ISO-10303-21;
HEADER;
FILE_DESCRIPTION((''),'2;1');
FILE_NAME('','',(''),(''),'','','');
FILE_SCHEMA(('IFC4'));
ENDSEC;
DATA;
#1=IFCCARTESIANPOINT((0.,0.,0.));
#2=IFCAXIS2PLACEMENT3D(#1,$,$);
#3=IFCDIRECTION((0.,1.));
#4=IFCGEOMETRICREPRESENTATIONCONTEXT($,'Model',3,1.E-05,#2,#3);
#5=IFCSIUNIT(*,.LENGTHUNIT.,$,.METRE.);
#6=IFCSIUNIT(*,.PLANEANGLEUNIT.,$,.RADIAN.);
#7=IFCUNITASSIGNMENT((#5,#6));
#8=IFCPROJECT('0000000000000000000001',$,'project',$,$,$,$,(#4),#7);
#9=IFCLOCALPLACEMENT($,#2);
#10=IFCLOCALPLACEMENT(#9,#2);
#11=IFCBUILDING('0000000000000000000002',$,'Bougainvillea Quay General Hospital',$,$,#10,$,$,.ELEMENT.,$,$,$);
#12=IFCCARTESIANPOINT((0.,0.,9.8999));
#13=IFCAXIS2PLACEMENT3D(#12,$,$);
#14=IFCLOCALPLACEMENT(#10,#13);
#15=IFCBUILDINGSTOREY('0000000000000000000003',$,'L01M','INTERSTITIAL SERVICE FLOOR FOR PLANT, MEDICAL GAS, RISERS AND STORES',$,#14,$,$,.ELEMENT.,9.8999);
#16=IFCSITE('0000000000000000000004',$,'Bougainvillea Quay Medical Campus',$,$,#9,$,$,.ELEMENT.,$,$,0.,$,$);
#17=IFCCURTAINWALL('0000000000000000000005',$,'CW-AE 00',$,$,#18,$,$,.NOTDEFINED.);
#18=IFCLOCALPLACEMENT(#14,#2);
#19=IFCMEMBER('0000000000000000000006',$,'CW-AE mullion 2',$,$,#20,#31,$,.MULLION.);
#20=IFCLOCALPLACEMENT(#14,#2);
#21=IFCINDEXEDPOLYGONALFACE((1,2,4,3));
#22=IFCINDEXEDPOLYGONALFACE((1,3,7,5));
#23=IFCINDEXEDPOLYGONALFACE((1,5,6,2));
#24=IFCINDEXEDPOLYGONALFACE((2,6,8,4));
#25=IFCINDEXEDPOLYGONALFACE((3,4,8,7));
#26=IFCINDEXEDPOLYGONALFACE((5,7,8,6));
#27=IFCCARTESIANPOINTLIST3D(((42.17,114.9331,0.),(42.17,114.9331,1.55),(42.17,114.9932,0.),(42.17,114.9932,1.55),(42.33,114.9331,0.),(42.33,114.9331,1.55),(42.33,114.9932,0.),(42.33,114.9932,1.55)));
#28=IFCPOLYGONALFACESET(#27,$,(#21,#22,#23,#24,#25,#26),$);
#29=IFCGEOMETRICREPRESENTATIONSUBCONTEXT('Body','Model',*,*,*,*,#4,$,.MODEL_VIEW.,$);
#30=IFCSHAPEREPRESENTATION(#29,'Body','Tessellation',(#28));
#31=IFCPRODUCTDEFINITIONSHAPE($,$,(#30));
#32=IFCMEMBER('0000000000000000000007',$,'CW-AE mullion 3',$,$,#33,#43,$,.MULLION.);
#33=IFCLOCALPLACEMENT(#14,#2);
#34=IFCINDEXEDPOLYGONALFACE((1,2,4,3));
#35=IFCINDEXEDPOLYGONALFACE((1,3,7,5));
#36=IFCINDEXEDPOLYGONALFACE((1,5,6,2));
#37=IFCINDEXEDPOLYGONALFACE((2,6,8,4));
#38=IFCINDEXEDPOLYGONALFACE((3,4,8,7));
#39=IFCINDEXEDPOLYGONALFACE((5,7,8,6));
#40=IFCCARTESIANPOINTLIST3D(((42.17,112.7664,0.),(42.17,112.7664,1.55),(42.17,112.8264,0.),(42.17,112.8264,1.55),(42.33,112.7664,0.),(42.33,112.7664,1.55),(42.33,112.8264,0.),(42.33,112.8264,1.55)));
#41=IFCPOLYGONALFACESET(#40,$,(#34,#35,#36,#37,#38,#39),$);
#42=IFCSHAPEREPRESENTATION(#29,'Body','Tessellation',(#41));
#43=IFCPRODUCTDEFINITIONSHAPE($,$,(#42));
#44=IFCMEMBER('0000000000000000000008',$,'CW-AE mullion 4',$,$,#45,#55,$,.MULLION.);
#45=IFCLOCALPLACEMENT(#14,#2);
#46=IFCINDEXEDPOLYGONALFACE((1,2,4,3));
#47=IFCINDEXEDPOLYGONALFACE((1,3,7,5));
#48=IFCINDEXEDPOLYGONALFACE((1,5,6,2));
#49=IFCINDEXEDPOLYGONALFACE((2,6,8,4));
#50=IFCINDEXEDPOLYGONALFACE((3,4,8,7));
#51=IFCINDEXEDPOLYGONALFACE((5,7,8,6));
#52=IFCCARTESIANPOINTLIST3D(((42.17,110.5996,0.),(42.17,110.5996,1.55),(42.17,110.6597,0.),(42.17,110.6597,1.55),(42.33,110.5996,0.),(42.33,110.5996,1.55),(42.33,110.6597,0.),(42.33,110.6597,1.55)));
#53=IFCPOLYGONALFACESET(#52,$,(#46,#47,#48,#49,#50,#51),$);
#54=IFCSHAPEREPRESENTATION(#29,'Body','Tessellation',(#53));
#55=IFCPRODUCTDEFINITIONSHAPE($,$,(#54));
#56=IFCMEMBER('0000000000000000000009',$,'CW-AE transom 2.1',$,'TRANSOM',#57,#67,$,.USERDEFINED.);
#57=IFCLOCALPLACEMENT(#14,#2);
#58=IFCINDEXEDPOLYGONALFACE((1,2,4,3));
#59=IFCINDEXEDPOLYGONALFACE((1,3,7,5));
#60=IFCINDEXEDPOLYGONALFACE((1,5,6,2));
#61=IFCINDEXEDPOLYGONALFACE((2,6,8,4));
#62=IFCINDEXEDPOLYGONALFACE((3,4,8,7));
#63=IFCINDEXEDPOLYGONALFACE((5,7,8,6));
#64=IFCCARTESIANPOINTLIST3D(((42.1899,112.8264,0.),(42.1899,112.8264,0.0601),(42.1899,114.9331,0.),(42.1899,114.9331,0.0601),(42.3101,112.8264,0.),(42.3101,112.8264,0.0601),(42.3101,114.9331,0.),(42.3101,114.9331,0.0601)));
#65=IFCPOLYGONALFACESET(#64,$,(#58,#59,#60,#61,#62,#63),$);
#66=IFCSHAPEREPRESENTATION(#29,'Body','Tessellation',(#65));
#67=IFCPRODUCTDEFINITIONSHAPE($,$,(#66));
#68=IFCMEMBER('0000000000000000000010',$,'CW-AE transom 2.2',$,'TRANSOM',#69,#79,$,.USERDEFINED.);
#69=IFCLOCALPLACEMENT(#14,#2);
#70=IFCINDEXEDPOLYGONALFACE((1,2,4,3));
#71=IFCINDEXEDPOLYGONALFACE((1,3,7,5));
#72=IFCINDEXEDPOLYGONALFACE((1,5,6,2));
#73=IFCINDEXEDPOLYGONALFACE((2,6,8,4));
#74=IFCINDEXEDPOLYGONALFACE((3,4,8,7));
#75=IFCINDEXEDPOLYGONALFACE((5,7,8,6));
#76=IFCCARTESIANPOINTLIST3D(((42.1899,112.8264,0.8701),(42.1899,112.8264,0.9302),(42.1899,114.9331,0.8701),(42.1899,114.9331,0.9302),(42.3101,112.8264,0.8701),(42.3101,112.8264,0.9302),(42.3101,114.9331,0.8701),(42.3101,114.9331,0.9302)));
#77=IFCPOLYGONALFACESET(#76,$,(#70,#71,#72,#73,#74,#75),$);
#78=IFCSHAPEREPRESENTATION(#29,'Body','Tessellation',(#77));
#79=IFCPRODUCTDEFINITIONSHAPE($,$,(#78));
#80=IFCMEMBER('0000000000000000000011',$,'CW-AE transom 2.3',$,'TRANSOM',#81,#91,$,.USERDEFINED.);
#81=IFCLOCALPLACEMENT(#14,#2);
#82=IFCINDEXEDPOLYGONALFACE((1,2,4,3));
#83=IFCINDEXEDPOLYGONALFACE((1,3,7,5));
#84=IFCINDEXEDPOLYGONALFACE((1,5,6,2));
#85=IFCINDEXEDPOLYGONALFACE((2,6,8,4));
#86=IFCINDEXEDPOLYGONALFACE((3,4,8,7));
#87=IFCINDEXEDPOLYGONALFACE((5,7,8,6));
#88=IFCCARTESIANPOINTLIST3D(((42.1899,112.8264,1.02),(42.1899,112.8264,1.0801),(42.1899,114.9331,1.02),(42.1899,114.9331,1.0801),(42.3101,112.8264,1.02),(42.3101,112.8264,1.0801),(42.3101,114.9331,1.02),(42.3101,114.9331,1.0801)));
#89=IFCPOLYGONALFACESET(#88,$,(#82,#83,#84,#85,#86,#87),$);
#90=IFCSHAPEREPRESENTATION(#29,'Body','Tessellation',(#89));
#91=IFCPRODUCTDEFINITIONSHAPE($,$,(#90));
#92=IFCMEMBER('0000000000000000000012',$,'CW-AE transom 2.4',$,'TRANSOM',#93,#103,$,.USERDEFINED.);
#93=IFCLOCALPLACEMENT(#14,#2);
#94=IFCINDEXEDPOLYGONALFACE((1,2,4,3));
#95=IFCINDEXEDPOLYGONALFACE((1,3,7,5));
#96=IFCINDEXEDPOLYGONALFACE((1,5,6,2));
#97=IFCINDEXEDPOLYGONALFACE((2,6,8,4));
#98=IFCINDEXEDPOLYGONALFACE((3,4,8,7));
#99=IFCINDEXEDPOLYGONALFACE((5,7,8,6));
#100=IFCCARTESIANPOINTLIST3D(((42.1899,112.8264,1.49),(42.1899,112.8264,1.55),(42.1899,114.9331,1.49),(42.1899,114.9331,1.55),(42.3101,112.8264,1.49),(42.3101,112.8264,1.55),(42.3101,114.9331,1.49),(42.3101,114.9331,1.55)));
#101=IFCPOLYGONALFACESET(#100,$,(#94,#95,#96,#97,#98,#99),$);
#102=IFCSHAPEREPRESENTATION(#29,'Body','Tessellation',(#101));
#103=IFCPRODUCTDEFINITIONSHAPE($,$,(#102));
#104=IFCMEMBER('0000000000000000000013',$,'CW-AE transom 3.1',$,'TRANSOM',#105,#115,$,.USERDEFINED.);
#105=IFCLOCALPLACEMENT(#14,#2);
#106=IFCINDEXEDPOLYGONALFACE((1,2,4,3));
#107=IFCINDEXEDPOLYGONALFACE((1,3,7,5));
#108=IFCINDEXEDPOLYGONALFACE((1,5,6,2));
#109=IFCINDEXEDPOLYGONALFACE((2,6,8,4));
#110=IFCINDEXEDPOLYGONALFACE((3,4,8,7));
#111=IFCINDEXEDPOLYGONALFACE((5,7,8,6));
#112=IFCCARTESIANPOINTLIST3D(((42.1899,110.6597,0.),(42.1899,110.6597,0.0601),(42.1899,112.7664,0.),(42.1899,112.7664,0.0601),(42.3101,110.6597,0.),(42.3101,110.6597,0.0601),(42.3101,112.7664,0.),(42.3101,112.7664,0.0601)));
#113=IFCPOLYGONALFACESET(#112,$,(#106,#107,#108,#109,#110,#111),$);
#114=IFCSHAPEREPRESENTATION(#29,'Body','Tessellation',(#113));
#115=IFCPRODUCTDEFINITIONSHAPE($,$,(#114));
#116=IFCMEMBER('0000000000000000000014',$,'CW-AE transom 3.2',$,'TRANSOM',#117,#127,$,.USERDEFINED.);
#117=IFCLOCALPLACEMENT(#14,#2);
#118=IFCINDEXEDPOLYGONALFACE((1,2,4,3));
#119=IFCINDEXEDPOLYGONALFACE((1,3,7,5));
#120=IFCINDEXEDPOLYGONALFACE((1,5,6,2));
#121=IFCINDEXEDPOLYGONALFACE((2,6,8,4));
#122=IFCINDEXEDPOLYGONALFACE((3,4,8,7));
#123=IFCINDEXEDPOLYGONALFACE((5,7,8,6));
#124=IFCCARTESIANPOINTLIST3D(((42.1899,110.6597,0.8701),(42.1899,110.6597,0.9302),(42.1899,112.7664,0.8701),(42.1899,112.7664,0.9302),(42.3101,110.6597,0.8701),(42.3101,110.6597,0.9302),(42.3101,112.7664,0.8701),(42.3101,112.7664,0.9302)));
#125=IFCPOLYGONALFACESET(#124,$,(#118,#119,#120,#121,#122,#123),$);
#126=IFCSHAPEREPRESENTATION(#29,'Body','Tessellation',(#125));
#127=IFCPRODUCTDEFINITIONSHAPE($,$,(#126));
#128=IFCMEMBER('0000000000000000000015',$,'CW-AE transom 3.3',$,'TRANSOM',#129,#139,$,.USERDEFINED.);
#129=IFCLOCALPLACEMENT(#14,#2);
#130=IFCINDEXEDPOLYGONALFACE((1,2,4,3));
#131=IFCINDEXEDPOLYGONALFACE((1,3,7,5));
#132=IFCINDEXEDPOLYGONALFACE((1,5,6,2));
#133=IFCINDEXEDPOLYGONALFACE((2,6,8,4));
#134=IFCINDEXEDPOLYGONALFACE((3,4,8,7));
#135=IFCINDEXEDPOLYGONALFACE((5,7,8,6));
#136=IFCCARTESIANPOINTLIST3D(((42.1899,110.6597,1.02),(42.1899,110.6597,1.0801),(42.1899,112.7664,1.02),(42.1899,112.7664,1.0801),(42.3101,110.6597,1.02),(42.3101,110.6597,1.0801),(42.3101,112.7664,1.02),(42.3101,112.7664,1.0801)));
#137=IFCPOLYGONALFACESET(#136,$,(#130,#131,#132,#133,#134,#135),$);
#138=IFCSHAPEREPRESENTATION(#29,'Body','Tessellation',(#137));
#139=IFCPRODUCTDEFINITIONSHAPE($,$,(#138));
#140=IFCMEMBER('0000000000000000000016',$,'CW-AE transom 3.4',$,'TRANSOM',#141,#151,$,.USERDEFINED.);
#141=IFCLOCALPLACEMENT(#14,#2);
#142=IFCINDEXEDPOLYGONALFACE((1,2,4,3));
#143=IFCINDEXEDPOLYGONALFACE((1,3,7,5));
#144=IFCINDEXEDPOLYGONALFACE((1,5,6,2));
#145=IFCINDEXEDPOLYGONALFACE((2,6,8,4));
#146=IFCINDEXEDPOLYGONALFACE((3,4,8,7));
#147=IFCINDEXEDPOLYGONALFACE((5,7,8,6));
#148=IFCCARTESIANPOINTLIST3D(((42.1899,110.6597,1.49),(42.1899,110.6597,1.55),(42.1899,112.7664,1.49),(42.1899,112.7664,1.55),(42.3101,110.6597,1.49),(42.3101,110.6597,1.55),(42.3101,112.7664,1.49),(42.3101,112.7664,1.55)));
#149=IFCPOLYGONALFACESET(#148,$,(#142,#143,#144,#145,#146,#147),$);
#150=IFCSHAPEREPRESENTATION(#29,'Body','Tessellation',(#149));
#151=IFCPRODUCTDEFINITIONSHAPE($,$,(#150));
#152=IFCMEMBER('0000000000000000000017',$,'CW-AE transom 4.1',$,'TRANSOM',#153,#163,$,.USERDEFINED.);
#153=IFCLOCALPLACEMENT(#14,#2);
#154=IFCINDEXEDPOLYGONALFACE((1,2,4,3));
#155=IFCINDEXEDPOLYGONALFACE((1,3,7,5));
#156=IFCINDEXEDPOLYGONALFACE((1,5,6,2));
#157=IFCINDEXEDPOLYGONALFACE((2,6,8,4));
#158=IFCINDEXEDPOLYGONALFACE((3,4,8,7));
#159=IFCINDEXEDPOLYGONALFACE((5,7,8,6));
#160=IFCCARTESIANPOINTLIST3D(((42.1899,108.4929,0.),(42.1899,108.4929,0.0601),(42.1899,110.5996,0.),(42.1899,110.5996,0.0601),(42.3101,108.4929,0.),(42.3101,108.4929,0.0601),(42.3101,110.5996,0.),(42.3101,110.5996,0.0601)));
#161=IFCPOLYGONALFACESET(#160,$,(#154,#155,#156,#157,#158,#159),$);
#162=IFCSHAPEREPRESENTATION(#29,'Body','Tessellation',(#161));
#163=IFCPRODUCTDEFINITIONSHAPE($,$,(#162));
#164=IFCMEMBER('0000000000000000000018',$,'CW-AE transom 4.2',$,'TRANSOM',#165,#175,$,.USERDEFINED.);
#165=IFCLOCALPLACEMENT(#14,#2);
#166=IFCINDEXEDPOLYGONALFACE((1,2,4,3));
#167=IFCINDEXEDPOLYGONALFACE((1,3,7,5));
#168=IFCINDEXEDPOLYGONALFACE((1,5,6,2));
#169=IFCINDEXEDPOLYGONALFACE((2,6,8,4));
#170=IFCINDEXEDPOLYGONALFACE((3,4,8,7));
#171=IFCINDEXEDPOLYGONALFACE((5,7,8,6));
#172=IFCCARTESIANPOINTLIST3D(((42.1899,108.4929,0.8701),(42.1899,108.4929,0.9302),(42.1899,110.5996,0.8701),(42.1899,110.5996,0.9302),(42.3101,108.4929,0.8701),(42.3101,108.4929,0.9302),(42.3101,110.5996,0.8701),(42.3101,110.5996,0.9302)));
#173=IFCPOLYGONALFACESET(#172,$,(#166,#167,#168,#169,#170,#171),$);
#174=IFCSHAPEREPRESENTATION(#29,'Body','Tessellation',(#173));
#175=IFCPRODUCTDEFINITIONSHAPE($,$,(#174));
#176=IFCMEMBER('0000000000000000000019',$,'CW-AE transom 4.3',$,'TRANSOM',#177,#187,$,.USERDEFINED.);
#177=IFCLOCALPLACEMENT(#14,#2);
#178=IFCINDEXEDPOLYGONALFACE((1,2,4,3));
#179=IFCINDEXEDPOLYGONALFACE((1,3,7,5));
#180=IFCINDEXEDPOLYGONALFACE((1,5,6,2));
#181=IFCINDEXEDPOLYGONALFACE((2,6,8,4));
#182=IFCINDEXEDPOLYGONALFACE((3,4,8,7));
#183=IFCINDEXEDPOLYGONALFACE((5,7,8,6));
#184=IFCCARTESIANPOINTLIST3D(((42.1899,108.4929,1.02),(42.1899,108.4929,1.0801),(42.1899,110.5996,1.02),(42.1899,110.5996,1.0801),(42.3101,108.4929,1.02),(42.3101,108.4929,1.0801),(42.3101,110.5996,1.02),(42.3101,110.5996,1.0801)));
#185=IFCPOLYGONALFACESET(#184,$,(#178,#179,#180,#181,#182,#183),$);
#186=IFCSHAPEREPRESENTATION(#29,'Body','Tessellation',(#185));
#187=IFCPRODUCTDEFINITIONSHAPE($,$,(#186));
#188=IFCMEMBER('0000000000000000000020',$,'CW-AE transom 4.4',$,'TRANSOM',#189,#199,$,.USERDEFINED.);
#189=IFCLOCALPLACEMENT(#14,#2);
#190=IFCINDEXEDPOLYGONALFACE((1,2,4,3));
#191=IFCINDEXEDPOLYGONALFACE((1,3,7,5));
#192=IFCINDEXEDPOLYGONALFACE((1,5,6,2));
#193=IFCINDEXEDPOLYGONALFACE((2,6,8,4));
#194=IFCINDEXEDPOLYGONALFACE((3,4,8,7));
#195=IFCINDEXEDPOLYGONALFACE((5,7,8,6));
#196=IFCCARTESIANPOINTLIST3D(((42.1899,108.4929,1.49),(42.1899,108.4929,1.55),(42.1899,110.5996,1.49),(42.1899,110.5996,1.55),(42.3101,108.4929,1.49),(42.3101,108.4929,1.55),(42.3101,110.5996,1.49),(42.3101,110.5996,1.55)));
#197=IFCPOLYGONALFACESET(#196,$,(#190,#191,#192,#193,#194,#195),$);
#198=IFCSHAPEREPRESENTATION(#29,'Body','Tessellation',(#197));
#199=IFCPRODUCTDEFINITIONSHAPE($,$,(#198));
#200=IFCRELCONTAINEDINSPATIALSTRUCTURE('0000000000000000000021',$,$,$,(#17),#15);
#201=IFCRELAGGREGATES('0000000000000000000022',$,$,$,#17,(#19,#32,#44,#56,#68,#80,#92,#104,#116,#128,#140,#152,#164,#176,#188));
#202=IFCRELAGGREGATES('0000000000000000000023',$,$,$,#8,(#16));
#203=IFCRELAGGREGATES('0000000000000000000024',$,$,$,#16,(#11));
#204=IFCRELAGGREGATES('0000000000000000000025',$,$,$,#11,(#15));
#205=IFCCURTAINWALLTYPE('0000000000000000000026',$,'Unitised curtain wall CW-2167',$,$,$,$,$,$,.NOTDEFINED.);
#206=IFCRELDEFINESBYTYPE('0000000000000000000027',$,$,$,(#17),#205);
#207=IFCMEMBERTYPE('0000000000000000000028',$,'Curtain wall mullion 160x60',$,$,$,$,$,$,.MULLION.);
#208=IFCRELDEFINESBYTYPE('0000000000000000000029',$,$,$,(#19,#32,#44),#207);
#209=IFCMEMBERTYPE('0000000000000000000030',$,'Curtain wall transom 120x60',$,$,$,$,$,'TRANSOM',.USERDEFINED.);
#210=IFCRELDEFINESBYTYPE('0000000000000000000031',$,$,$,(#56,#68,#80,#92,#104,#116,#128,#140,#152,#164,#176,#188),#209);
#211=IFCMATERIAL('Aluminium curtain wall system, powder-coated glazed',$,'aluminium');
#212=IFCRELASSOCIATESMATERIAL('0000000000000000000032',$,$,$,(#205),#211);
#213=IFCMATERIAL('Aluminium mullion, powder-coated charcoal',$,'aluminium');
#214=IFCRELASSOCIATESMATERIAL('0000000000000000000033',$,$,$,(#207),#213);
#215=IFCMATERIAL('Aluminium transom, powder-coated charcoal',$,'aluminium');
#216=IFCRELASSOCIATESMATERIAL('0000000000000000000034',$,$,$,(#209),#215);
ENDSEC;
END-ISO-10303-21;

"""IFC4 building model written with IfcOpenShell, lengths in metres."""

from ifc_helpers import new_model, si_unit, direction, frame, origin, origin_2d, place, context, subcontext, project, spatial, rectangle, extrude, material, material_profile, profile_set, type_object, element, aggregate, save


model = new_model("IFC4")

# Units and contexts
model_context = context("Model", 3, precision=1e-05, world=origin(), true_north=direction((0.0, 1.0)))
body_context = subcontext(model_context, "Body", "Model", "MODEL_VIEW")
ifc_project = project(units=[si_unit("LENGTHUNIT", "METRE"), si_unit("PLANEANGLEUNIT", "RADIAN")], contexts=[model_context])

# Site, building, storey
site_placement = place(None, origin())
site = spatial("IfcSite", under=ifc_project, at=site_placement, Name="Bougainvillea Quay Medical Campus", CompositionType="ELEMENT", RefElevation=0.0)
building_placement = place(site_placement, origin())
building = spatial("IfcBuilding", under=site, at=building_placement, Name="Bougainvillea Quay General Hospital", CompositionType="ELEMENT")
storey_placement = place(building_placement, frame((0.0, 0.0, 9.8999)))
storey = spatial("IfcBuildingStorey", under=building, at=storey_placement, Name="L01M", Description="INTERSTITIAL SERVICE FLOOR FOR PLANT, MEDICAL GAS, RISERS AND STORES", CompositionType="ELEMENT", Elevation=9.8999)

# Curtain wall, members
ifc_material_1 = material(Name="Aluminium curtain wall system, powder-coated glazed", Category="aluminium")
curtain_wall_type = type_object("IfcCurtainWallType", Name="Unitised curtain wall CW-2167", PredefinedType="NOTDEFINED", material=ifc_material_1)
curtain_wall_placement = place(storey_placement, origin())
curtain_wall = element("IfcCurtainWall", 1, at=curtain_wall_placement, inside=storey, type_object=curtain_wall_type, Name="CW-AE 00", PredefinedType="NOTDEFINED")
ifc_material_2 = material(Name="Aluminium mullion, powder-coated charcoal", Category="aluminium")
ifc_material_profile_1 = material_profile(ifc_material_2, rectangle(XDim=0.1599, YDim=0.0601, at=origin_2d()))
ifc_profile_set_1 = profile_set([ifc_material_profile_1], Name="Aluminium mullion, powder-coated charcoal")
member_type_1 = type_object("IfcMemberType", Name="Curtain wall mullion 160x60", PredefinedType="MULLION", material=ifc_profile_set_1)
member_1_placement = place(storey_placement, frame((42.25, 114.9631, 0.0), z_axis=(0.0, 0.0, 1.0), x_axis=(1.0, 0.0, 0.0)))
member_1 = element("IfcMember", 2, at=member_1_placement, type_object=member_type_1, Name="CW-AE mullion 2", PredefinedType="MULLION", context=body_context, shape_type="SweptSolid", body=[
    extrude(rectangle(XDim=0.1599, YDim=0.0601, at=origin_2d()), origin(), (0.0, 0.0, 1.0), 1.55),
])
member_2_placement = place(storey_placement, frame((42.25, 112.7964, 0.0), z_axis=(0.0, 0.0, 1.0), x_axis=(1.0, 0.0, 0.0)))
member_2 = element("IfcMember", 3, at=member_2_placement, type_object=member_type_1, Name="CW-AE mullion 3", PredefinedType="MULLION", context=body_context, shape_type="SweptSolid", body=[
    extrude(rectangle(XDim=0.1599, YDim=0.0601, at=origin_2d()), origin(), (0.0, 0.0, 1.0), 1.55),
])
member_3_placement = place(storey_placement, frame((42.25, 110.6296, 0.0), z_axis=(0.0, 0.0, 1.0), x_axis=(1.0, 0.0, 0.0)))
member_3 = element("IfcMember", 4, at=member_3_placement, type_object=member_type_1, Name="CW-AE mullion 4", PredefinedType="MULLION", context=body_context, shape_type="SweptSolid", body=[
    extrude(rectangle(XDim=0.1599, YDim=0.0601, at=origin_2d()), origin(), (0.0, 0.0, 1.0), 1.55),
])
ifc_material_3 = material(Name="Aluminium transom, powder-coated charcoal", Category="aluminium")
ifc_material_profile_2 = material_profile(ifc_material_3, rectangle(XDim=0.1201, YDim=0.0601, at=origin_2d()))
ifc_profile_set_2 = profile_set([ifc_material_profile_2], Name="Aluminium transom, powder-coated charcoal")
member_type_2 = type_object("IfcMemberType", Name="Curtain wall transom 120x60", ElementType="TRANSOM", PredefinedType="USERDEFINED", material=ifc_profile_set_2)
member_4_placement = place(storey_placement, frame((42.25, 114.9331, 0.03), z_axis=(0.0, -1.0, 0.0), x_axis=(1.0, 0.0, 0.0)))
member_4 = element("IfcMember", 5, at=member_4_placement, type_object=member_type_2, Name="CW-AE transom 2.1", ObjectType="TRANSOM", PredefinedType="USERDEFINED", context=body_context, shape_type="SweptSolid", body=[
    extrude(rectangle(XDim=0.1201, YDim=0.0601, at=origin_2d()), origin(), (0.0, 0.0, 1.0), 2.1067),
])
member_5_placement = place(storey_placement, frame((42.25, 114.9331, 0.9001), z_axis=(0.0, -1.0, 0.0), x_axis=(1.0, 0.0, 0.0)))
member_5 = element("IfcMember", 6, at=member_5_placement, type_object=member_type_2, Name="CW-AE transom 2.2", ObjectType="TRANSOM", PredefinedType="USERDEFINED", context=body_context, shape_type="SweptSolid", body=[
    extrude(rectangle(XDim=0.1201, YDim=0.0601, at=origin_2d()), origin(), (0.0, 0.0, 1.0), 2.1067),
])
member_6_placement = place(storey_placement, frame((42.25, 114.9331, 1.05), z_axis=(0.0, -1.0, 0.0), x_axis=(1.0, 0.0, 0.0)))
member_6 = element("IfcMember", 7, at=member_6_placement, type_object=member_type_2, Name="CW-AE transom 2.3", ObjectType="TRANSOM", PredefinedType="USERDEFINED", context=body_context, shape_type="SweptSolid", body=[
    extrude(rectangle(XDim=0.1201, YDim=0.0601, at=origin_2d()), origin(), (0.0, 0.0, 1.0), 2.1067),
])
member_7_placement = place(storey_placement, frame((42.25, 114.9331, 1.52), z_axis=(0.0, -1.0, 0.0), x_axis=(1.0, 0.0, 0.0)))
member_7 = element("IfcMember", 8, at=member_7_placement, type_object=member_type_2, Name="CW-AE transom 2.4", ObjectType="TRANSOM", PredefinedType="USERDEFINED", context=body_context, shape_type="SweptSolid", body=[
    extrude(rectangle(XDim=0.1201, YDim=0.0601, at=origin_2d()), origin(), (0.0, 0.0, 1.0), 2.1067),
])
member_8_placement = place(storey_placement, frame((42.25, 112.7664, 0.03), z_axis=(0.0, -1.0, 0.0), x_axis=(1.0, 0.0, 0.0)))
member_8 = element("IfcMember", 9, at=member_8_placement, type_object=member_type_2, Name="CW-AE transom 3.1", ObjectType="TRANSOM", PredefinedType="USERDEFINED", context=body_context, shape_type="SweptSolid", body=[
    extrude(rectangle(XDim=0.1201, YDim=0.0601, at=origin_2d()), origin(), (0.0, 0.0, 1.0), 2.1067),
])
member_9_placement = place(storey_placement, frame((42.25, 112.7664, 0.9001), z_axis=(0.0, -1.0, 0.0), x_axis=(1.0, 0.0, 0.0)))
member_9 = element("IfcMember", 10, at=member_9_placement, type_object=member_type_2, Name="CW-AE transom 3.2", ObjectType="TRANSOM", PredefinedType="USERDEFINED", context=body_context, shape_type="SweptSolid", body=[
    extrude(rectangle(XDim=0.1201, YDim=0.0601, at=origin_2d()), origin(), (0.0, 0.0, 1.0), 2.1067),
])
member_10_placement = place(storey_placement, frame((42.25, 112.7664, 1.05), z_axis=(0.0, -1.0, 0.0), x_axis=(1.0, 0.0, 0.0)))
member_10 = element("IfcMember", 11, at=member_10_placement, type_object=member_type_2, Name="CW-AE transom 3.3", ObjectType="TRANSOM", PredefinedType="USERDEFINED", context=body_context, shape_type="SweptSolid", body=[
    extrude(rectangle(XDim=0.1201, YDim=0.0601, at=origin_2d()), origin(), (0.0, 0.0, 1.0), 2.1067),
])
member_11_placement = place(storey_placement, frame((42.25, 112.7664, 1.52), z_axis=(0.0, -1.0, 0.0), x_axis=(1.0, 0.0, 0.0)))
member_11 = element("IfcMember", 12, at=member_11_placement, type_object=member_type_2, Name="CW-AE transom 3.4", ObjectType="TRANSOM", PredefinedType="USERDEFINED", context=body_context, shape_type="SweptSolid", body=[
    extrude(rectangle(XDim=0.1201, YDim=0.0601, at=origin_2d()), origin(), (0.0, 0.0, 1.0), 2.1067),
])
member_12_placement = place(storey_placement, frame((42.25, 110.5996, 0.03), z_axis=(0.0, -1.0, 0.0), x_axis=(1.0, 0.0, 0.0)))
member_12 = element("IfcMember", 13, at=member_12_placement, type_object=member_type_2, Name="CW-AE transom 4.1", ObjectType="TRANSOM", PredefinedType="USERDEFINED", context=body_context, shape_type="SweptSolid", body=[
    extrude(rectangle(XDim=0.1201, YDim=0.0601, at=origin_2d()), origin(), (0.0, 0.0, 1.0), 2.1067),
])
member_13_placement = place(storey_placement, frame((42.25, 110.5996, 0.9001), z_axis=(0.0, -1.0, 0.0), x_axis=(1.0, 0.0, 0.0)))
member_13 = element("IfcMember", 14, at=member_13_placement, type_object=member_type_2, Name="CW-AE transom 4.2", ObjectType="TRANSOM", PredefinedType="USERDEFINED", context=body_context, shape_type="SweptSolid", body=[
    extrude(rectangle(XDim=0.1201, YDim=0.0601, at=origin_2d()), origin(), (0.0, 0.0, 1.0), 2.1067),
])
member_14_placement = place(storey_placement, frame((42.25, 110.5996, 1.05), z_axis=(0.0, -1.0, 0.0), x_axis=(1.0, 0.0, 0.0)))
member_14 = element("IfcMember", 15, at=member_14_placement, type_object=member_type_2, Name="CW-AE transom 4.3", ObjectType="TRANSOM", PredefinedType="USERDEFINED", context=body_context, shape_type="SweptSolid", body=[
    extrude(rectangle(XDim=0.1201, YDim=0.0601, at=origin_2d()), origin(), (0.0, 0.0, 1.0), 2.1067),
])
member_15_placement = place(storey_placement, frame((42.25, 110.5996, 1.52), z_axis=(0.0, -1.0, 0.0), x_axis=(1.0, 0.0, 0.0)))
member_15 = element("IfcMember", 16, at=member_15_placement, type_object=member_type_2, Name="CW-AE transom 4.4", ObjectType="TRANSOM", PredefinedType="USERDEFINED", context=body_context, shape_type="SweptSolid", body=[
    extrude(rectangle(XDim=0.1201, YDim=0.0601, at=origin_2d()), origin(), (0.0, 0.0, 1.0), 2.1067),
])
aggregate(curtain_wall, [member_1, member_2, member_3, member_4, member_5, member_6, member_7, member_8, member_9, member_10, member_11, member_12, member_13, member_14, member_15])

save(model, "model.ifc")
